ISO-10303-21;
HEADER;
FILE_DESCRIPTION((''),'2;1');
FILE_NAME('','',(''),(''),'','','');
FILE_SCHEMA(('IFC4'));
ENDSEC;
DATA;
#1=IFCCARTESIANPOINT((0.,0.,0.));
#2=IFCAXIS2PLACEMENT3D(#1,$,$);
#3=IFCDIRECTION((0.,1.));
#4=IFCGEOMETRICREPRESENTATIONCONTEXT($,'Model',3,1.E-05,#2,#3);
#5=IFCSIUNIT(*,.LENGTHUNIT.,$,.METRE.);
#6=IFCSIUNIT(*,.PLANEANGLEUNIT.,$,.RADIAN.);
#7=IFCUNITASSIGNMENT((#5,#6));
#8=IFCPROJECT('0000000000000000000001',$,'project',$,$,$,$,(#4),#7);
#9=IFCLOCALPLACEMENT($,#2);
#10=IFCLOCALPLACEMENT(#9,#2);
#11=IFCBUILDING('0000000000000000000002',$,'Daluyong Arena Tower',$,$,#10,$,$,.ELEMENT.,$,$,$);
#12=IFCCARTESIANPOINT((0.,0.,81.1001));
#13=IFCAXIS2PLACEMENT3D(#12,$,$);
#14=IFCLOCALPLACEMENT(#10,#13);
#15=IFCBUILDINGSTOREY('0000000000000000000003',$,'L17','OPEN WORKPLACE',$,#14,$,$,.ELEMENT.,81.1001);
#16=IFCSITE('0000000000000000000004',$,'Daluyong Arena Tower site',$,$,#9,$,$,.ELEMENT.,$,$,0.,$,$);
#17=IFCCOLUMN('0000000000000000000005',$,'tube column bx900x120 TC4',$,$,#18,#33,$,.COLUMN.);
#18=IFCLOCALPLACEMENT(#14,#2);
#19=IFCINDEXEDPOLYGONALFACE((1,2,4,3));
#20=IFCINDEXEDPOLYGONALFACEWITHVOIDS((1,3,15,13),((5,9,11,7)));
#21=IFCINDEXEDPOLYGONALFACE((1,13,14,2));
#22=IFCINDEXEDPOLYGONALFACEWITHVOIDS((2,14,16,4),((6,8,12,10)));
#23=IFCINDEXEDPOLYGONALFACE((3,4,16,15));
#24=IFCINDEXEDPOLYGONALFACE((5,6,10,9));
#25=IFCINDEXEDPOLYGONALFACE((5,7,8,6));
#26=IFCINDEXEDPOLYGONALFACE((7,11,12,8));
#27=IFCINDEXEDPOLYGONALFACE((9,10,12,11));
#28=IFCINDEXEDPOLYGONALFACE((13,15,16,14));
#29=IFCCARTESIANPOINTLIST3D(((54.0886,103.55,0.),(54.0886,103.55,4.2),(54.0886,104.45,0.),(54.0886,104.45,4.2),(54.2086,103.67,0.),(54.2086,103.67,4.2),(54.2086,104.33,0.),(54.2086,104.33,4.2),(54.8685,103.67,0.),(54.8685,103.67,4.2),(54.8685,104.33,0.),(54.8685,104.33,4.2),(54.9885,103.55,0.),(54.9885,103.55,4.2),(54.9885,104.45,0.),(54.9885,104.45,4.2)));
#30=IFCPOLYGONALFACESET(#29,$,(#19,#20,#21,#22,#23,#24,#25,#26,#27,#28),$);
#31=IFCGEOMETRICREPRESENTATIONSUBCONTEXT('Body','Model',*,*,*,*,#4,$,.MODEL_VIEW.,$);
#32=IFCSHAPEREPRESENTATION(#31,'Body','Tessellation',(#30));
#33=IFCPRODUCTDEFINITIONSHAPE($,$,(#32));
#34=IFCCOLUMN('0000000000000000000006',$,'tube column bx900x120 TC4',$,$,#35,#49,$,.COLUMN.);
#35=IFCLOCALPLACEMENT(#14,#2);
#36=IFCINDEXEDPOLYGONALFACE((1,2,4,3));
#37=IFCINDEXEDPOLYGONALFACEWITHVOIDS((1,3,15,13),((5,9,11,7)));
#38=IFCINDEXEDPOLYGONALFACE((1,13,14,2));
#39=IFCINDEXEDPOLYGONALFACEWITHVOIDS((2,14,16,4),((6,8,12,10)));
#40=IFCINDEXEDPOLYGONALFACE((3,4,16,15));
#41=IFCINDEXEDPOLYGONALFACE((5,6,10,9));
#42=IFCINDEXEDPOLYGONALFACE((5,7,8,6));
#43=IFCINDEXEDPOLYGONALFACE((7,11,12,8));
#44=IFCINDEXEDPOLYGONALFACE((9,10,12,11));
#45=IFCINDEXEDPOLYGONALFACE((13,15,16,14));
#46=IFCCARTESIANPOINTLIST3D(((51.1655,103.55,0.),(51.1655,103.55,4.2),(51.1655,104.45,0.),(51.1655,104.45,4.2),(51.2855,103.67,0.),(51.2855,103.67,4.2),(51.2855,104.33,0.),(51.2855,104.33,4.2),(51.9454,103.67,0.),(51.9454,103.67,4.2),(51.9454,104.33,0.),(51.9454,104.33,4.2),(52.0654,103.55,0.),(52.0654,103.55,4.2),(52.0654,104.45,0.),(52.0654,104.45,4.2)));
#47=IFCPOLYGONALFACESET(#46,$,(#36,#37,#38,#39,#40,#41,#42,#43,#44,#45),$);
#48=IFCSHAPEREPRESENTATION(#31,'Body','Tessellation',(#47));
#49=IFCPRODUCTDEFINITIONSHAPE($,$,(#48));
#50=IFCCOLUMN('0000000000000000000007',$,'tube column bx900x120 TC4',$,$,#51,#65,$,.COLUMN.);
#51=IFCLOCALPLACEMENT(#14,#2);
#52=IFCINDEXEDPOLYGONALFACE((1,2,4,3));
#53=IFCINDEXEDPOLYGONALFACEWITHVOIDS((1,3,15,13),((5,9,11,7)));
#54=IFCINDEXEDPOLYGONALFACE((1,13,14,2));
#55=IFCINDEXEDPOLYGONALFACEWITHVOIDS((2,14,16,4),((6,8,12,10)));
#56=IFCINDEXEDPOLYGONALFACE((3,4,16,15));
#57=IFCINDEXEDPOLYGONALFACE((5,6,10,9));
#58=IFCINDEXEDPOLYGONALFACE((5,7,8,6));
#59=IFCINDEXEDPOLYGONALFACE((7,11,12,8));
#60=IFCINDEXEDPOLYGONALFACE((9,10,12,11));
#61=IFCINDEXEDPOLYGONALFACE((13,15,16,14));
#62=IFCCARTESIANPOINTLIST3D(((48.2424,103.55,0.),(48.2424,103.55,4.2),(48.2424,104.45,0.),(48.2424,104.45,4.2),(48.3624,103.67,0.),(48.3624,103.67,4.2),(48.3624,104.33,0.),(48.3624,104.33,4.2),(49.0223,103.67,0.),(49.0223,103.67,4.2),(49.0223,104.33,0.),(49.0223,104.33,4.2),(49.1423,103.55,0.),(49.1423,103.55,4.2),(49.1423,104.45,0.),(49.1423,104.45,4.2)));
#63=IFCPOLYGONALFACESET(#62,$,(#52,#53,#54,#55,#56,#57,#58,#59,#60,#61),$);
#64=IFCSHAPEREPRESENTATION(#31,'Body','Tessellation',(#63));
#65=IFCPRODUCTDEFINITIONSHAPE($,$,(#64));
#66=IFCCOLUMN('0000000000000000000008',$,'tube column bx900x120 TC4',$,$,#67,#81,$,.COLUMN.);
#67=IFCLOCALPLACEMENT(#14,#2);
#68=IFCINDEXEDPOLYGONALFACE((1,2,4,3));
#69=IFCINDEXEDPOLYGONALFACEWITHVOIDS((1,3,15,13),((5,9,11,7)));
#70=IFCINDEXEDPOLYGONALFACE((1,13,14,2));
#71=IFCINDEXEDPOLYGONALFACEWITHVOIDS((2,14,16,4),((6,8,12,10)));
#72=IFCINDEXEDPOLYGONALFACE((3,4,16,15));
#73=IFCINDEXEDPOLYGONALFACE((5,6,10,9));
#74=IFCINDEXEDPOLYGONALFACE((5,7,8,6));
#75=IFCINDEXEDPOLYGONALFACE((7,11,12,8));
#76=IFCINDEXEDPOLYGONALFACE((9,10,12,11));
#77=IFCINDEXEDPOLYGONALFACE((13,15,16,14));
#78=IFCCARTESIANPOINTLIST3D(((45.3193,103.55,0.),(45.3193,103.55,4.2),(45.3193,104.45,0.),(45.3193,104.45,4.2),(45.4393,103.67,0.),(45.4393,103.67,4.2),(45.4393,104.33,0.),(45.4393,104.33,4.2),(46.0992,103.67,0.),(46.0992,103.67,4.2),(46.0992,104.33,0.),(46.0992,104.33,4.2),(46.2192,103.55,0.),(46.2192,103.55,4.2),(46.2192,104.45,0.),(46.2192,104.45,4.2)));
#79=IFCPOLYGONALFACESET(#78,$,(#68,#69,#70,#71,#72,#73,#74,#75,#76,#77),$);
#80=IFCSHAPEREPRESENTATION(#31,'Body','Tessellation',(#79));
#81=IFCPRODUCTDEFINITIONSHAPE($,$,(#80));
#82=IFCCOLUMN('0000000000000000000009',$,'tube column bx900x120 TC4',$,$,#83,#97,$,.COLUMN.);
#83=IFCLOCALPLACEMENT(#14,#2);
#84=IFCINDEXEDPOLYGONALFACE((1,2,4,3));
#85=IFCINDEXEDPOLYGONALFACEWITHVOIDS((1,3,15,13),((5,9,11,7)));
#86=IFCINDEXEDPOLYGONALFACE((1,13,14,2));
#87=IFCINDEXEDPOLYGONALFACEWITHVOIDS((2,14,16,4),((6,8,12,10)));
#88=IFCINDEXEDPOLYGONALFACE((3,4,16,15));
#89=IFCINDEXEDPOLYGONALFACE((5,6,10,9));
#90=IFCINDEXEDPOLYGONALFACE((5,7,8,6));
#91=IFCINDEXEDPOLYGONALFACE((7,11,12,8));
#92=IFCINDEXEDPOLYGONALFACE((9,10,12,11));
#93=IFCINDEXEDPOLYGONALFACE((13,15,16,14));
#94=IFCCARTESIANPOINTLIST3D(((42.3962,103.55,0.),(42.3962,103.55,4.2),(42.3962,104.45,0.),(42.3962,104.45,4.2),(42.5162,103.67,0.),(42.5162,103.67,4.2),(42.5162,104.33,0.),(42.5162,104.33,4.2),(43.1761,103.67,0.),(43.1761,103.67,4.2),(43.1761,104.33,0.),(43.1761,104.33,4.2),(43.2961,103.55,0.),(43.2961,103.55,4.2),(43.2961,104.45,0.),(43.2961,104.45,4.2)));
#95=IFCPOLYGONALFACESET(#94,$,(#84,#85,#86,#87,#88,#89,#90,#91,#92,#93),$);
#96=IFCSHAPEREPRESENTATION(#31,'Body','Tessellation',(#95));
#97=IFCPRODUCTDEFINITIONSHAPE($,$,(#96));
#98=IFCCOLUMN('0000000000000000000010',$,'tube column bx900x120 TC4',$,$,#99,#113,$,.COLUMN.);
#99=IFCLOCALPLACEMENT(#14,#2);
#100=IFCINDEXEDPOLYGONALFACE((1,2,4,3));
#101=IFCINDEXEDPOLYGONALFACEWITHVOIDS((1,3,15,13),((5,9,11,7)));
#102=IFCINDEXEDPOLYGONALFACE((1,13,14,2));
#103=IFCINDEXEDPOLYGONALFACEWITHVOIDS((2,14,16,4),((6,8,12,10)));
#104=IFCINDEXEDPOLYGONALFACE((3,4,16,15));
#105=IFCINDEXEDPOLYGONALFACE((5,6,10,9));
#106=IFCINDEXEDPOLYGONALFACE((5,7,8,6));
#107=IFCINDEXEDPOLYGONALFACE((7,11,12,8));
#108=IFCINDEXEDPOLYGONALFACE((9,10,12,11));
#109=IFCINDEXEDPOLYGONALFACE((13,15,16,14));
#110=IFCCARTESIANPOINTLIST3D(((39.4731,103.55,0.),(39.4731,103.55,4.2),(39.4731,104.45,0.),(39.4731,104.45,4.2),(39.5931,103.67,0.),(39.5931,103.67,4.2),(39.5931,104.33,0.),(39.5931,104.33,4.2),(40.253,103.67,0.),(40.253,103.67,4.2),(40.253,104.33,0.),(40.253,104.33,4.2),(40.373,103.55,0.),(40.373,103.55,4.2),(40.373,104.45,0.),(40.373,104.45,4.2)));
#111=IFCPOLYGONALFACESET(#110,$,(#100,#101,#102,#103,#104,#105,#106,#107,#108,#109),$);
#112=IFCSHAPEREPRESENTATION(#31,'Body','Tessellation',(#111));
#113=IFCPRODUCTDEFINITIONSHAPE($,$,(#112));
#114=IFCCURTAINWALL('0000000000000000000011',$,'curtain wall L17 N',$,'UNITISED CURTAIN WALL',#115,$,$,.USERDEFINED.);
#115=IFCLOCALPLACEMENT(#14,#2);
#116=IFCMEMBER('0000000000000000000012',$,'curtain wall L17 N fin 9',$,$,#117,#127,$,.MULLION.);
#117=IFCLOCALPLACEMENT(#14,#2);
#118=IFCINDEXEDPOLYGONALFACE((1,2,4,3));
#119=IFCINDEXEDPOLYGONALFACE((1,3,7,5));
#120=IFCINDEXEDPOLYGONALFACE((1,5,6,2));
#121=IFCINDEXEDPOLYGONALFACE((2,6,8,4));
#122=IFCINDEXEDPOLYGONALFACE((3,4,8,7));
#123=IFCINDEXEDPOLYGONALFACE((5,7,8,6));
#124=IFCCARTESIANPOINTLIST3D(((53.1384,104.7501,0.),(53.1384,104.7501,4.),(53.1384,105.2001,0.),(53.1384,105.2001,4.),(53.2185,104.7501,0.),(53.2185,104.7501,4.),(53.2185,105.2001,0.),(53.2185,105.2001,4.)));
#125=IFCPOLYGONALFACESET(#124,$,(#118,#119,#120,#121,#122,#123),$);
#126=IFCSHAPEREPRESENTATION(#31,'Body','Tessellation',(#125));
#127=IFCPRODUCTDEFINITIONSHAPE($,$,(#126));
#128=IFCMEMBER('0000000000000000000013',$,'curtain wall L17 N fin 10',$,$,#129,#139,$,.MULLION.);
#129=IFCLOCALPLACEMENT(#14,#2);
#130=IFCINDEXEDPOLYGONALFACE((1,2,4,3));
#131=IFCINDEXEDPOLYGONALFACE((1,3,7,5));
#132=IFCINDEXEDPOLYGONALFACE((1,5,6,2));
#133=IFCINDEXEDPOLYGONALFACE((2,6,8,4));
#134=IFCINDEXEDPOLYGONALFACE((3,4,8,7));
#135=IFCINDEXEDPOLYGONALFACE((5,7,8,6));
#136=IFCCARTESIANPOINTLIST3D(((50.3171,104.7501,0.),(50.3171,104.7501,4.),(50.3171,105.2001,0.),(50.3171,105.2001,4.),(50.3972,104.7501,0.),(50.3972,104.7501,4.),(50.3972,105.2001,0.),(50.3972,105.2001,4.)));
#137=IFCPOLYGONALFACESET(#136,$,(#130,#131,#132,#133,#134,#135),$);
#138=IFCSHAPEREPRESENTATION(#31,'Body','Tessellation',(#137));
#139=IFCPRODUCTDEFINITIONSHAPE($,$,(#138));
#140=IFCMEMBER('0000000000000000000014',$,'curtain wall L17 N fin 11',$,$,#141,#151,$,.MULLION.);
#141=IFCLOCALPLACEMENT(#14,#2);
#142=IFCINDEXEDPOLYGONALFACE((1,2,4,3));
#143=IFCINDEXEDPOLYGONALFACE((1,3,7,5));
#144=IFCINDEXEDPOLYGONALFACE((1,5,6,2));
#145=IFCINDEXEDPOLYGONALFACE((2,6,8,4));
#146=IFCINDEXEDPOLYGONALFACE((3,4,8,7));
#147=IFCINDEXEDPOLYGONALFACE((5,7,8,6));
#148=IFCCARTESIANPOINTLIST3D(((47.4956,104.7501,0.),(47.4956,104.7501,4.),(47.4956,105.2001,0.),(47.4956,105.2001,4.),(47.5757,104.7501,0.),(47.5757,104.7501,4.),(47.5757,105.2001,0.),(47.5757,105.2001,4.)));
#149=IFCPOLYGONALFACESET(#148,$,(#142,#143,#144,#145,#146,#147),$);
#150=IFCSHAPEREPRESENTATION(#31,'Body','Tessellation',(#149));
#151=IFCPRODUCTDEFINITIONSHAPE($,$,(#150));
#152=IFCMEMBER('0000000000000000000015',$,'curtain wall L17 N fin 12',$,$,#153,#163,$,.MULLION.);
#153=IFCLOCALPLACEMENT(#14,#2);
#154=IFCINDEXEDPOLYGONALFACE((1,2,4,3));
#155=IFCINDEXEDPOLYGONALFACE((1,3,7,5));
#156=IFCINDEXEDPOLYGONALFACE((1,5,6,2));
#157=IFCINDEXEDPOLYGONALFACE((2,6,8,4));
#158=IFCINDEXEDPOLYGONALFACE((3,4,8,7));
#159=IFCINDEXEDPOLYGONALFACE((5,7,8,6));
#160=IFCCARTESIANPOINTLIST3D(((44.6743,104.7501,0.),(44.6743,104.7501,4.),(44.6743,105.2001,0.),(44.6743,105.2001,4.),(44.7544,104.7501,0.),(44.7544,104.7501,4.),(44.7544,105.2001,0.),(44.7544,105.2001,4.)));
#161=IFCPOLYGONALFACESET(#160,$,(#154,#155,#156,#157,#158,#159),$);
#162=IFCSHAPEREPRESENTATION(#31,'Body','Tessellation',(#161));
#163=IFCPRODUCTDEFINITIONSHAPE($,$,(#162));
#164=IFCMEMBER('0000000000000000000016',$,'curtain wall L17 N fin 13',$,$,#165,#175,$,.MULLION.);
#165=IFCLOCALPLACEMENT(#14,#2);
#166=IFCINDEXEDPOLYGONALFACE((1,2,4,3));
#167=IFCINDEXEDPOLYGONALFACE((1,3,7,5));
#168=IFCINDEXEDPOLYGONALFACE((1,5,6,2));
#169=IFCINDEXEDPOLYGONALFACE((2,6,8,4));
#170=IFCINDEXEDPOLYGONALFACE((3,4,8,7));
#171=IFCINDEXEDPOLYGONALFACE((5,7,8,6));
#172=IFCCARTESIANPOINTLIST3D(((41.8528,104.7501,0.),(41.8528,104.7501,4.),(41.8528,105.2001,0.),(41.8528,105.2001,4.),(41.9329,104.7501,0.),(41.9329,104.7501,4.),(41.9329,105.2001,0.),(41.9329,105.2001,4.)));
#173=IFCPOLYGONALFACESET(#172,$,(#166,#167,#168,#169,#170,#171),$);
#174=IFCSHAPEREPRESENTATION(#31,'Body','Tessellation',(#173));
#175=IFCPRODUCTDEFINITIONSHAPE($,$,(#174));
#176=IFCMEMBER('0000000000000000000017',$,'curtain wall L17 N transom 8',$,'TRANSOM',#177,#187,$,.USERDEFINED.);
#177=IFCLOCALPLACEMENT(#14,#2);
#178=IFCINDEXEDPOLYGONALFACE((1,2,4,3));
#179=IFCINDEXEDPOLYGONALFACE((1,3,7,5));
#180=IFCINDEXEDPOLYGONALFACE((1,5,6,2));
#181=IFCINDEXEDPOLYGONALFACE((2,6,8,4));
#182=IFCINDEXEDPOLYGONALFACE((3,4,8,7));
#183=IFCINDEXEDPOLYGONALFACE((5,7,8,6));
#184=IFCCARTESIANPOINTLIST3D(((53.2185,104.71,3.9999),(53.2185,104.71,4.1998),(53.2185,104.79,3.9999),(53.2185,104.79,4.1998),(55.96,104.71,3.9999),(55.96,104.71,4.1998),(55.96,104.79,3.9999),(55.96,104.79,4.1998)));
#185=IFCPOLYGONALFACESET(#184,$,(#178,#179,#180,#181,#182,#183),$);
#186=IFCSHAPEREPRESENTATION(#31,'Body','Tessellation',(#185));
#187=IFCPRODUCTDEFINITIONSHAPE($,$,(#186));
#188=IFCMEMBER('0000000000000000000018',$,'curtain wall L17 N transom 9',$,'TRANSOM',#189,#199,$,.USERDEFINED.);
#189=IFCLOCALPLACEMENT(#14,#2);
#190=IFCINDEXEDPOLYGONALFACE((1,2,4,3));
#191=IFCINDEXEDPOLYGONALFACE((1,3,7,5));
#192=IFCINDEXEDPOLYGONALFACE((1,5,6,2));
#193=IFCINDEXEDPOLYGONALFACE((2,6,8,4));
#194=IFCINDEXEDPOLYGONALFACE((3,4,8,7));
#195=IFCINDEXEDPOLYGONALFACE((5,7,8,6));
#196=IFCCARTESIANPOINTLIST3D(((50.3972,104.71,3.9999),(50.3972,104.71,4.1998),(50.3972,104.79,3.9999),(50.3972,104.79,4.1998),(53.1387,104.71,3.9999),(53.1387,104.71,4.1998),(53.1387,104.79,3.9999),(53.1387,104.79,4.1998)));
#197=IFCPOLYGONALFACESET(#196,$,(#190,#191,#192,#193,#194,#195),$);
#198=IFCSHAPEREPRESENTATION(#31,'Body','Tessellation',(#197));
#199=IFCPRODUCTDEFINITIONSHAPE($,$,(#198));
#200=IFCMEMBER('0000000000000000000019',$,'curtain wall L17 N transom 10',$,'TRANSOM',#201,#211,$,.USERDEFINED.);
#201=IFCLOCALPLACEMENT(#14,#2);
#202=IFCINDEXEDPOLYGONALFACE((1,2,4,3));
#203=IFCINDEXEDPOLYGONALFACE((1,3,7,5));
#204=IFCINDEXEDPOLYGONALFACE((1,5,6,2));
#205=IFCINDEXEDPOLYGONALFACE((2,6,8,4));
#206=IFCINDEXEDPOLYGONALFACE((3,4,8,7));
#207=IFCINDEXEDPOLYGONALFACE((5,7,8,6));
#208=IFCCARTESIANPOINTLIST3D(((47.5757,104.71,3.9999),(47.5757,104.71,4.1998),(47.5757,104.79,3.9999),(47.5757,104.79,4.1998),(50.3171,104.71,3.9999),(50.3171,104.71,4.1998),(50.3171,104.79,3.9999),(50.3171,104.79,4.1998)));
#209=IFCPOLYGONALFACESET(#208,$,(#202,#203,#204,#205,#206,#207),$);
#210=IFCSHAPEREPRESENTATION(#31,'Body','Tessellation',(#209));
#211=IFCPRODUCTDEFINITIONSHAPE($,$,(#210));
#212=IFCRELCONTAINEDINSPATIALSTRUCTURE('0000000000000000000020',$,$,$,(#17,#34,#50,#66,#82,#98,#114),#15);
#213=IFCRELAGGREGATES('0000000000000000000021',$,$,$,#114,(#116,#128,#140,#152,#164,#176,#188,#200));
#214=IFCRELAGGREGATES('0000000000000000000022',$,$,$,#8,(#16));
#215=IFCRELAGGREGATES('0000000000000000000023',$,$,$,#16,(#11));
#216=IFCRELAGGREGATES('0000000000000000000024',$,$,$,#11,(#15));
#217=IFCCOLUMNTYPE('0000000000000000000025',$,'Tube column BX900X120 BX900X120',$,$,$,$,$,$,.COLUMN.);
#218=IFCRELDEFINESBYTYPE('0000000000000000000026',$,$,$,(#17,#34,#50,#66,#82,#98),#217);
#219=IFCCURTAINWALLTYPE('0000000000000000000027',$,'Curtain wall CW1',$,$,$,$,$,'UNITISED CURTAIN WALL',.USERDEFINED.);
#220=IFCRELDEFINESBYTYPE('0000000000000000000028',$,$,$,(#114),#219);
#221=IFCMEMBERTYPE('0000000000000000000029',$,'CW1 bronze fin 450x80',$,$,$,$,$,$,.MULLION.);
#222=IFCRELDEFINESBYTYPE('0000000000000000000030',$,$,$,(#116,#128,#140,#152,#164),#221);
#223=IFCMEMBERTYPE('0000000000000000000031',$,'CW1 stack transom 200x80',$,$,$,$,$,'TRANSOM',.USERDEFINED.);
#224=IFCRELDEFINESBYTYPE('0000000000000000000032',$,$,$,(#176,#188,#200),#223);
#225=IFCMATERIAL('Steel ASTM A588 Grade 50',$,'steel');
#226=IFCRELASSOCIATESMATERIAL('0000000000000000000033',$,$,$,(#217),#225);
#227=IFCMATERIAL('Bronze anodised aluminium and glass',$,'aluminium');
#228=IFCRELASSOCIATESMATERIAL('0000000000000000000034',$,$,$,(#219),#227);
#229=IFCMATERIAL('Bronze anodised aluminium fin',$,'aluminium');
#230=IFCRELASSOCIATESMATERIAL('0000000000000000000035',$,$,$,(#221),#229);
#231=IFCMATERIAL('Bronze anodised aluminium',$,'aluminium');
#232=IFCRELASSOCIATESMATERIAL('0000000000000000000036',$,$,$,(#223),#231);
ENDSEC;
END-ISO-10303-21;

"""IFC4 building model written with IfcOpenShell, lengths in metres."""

from ifc_helpers import new_model, si_unit, direction, frame, origin, origin_2d, place, context, subcontext, project, spatial, rectangle, hollow_rectangle, extrude, material, material_profile, profile_set, type_object, element, aggregate, save


model = new_model("IFC4")

# Units and contexts
model_context = context("Model", 3, precision=1e-05, world=origin(), true_north=direction((0.0, 1.0)))
body_context = subcontext(model_context, "Body", "Model", "MODEL_VIEW")
ifc_project = project(units=[si_unit("LENGTHUNIT", "METRE"), si_unit("PLANEANGLEUNIT", "RADIAN")], contexts=[model_context])

# Site, building, storey
site_placement = place(None, origin())
site = spatial("IfcSite", under=ifc_project, at=site_placement, Name="Daluyong Arena Tower site", CompositionType="ELEMENT", RefElevation=0.0)
building_placement = place(site_placement, origin())
building = spatial("IfcBuilding", under=site, at=building_placement, Name="Daluyong Arena Tower", CompositionType="ELEMENT")
storey_placement = place(building_placement, frame((0.0, 0.0, 81.1001)))
storey = spatial("IfcBuildingStorey", under=building, at=storey_placement, Name="L17", Description="OPEN WORKPLACE", CompositionType="ELEMENT", Elevation=81.1001)

# Columns
ifc_material_1 = material(Name="Steel ASTM A588 Grade 50", Category="steel")
ifc_material_profile_1 = material_profile(ifc_material_1, hollow_rectangle(XDim=0.8999, YDim=0.8999, WallThickness=0.12, at=origin_2d()))
ifc_profile_set_1 = profile_set([ifc_material_profile_1], Name="Steel ASTM A588 Grade 50")
column_type = type_object("IfcColumnType", Name="Tube column BX900X120 BX900X120", PredefinedType="COLUMN", material=ifc_profile_set_1)
for number, where, z_axis, x_axis, name in (
    (1, (54.5386, 104.0, 0.0), (0.0, 0.0, 1.0), (1.0, 0.0, 0.0), "tube column bx900x120 TC4"),
    (2, (51.6155, 104.0, 0.0), (0.0, 0.0, 1.0), (1.0, 0.0, 0.0), "tube column bx900x120 TC4"),
    (3, (48.6924, 104.0, 0.0), (0.0, 0.0, 1.0), (1.0, 0.0, 0.0), "tube column bx900x120 TC4"),
    (4, (45.7693, 104.0, 0.0), (0.0, 0.0, 1.0), (1.0, 0.0, 0.0), "tube column bx900x120 TC4"),
    (5, (42.8462, 104.0, 0.0), (0.0, 0.0, 1.0), (1.0, 0.0, 0.0), "tube column bx900x120 TC4"),
    (6, (39.9231, 104.0, 0.0), (0.0, 0.0, 1.0), (1.0, 0.0, 0.0), "tube column bx900x120 TC4"),
):
    element("IfcColumn", number, at=place(storey_placement, frame(where, z_axis=z_axis, x_axis=x_axis)), inside=storey, type_object=column_type, Name=name, PredefinedType="COLUMN", context=body_context, shape_type="SweptSolid", body=[
        extrude(hollow_rectangle(XDim=0.8999, YDim=0.8999, WallThickness=0.12, at=origin_2d()), origin(), (0.0, 0.0, 1.0), 4.2),
    ])

# Curtain wall, members
ifc_material_2 = material(Name="Bronze anodised aluminium and glass", Category="aluminium")
curtain_wall_type = type_object("IfcCurtainWallType", Name="Curtain wall CW1", ElementType="UNITISED CURTAIN WALL", PredefinedType="USERDEFINED", material=ifc_material_2)
curtain_wall_placement = place(storey_placement, origin())
curtain_wall = element("IfcCurtainWall", 7, at=curtain_wall_placement, inside=storey, type_object=curtain_wall_type, Name="curtain wall L17 N", ObjectType="UNITISED CURTAIN WALL", PredefinedType="USERDEFINED")
ifc_material_3 = material(Name="Bronze anodised aluminium fin", Category="aluminium")
ifc_material_profile_2 = material_profile(ifc_material_3, rectangle(XDim=0.45, YDim=0.0801, at=origin_2d()))
ifc_profile_set_2 = profile_set([ifc_material_profile_2], Name="Bronze anodised aluminium fin")
member_type_1 = type_object("IfcMemberType", Name="CW1 bronze fin 450x80", PredefinedType="MULLION", material=ifc_profile_set_2)
member_1_placement = place(storey_placement, frame((53.1785, 104.9751, 0.0), z_axis=(0.0, 0.0, 1.0), x_axis=(0.0, -1.0, 0.0)))
member_1 = element("IfcMember", 8, at=member_1_placement, type_object=member_type_1, Name="curtain wall L17 N fin 9", PredefinedType="MULLION", context=body_context, shape_type="SweptSolid", body=[
    extrude(rectangle(XDim=0.45, YDim=0.0801, at=origin_2d()), origin(), (0.0, 0.0, 1.0), 4.0),
])
member_2_placement = place(storey_placement, frame((50.3572, 104.9751, 0.0), z_axis=(0.0, 0.0, 1.0), x_axis=(0.0, -1.0, 0.0)))
member_2 = element("IfcMember", 9, at=member_2_placement, type_object=member_type_1, Name="curtain wall L17 N fin 10", PredefinedType="MULLION", context=body_context, shape_type="SweptSolid", body=[
    extrude(rectangle(XDim=0.45, YDim=0.0801, at=origin_2d()), origin(), (0.0, 0.0, 1.0), 4.0),
])
member_3_placement = place(storey_placement, frame((47.5356, 104.9751, 0.0), z_axis=(0.0, 0.0, 1.0), x_axis=(0.0, -1.0, 0.0)))
member_3 = element("IfcMember", 10, at=member_3_placement, type_object=member_type_1, Name="curtain wall L17 N fin 11", PredefinedType="MULLION", context=body_context, shape_type="SweptSolid", body=[
    extrude(rectangle(XDim=0.45, YDim=0.0801, at=origin_2d()), origin(), (0.0, 0.0, 1.0), 4.0),
])
member_4_placement = place(storey_placement, frame((44.7144, 104.9751, 0.0), z_axis=(0.0, 0.0, 1.0), x_axis=(0.0, -1.0, 0.0)))
member_4 = element("IfcMember", 11, at=member_4_placement, type_object=member_type_1, Name="curtain wall L17 N fin 12", PredefinedType="MULLION", context=body_context, shape_type="SweptSolid", body=[
    extrude(rectangle(XDim=0.45, YDim=0.0801, at=origin_2d()), origin(), (0.0, 0.0, 1.0), 4.0),
])
member_5_placement = place(storey_placement, frame((41.8928, 104.9751, 0.0), z_axis=(0.0, 0.0, 1.0), x_axis=(0.0, -1.0, 0.0)))
member_5 = element("IfcMember", 12, at=member_5_placement, type_object=member_type_1, Name="curtain wall L17 N fin 13", PredefinedType="MULLION", context=body_context, shape_type="SweptSolid", body=[
    extrude(rectangle(XDim=0.45, YDim=0.0801, at=origin_2d()), origin(), (0.0, 0.0, 1.0), 4.0),
])
ifc_material_4 = material(Name="Bronze anodised aluminium", Category="aluminium")
ifc_material_profile_3 = material_profile(ifc_material_4, rectangle(XDim=0.0801, YDim=0.2, at=origin_2d()))
ifc_profile_set_3 = profile_set([ifc_material_profile_3], Name="Bronze anodised aluminium")
member_type_2 = type_object("IfcMemberType", Name="CW1 stack transom 200x80", ElementType="TRANSOM", PredefinedType="USERDEFINED", material=ifc_profile_set_3)
member_6_placement = place(storey_placement, frame((55.96, 104.75, 4.0999), z_axis=(-1.0, 0.0, 0.0), x_axis=(0.0, -1.0, 0.0)))
member_6 = element("IfcMember", 13, at=member_6_placement, type_object=member_type_2, Name="curtain wall L17 N transom 8", ObjectType="TRANSOM", PredefinedType="USERDEFINED", context=body_context, shape_type="SweptSolid", body=[
    extrude(rectangle(XDim=0.0801, YDim=0.2, at=origin_2d()), origin(), (0.0, 0.0, 1.0), 2.7415),
])
member_7_placement = place(storey_placement, frame((53.1387, 104.75, 4.0999), z_axis=(-1.0, 0.0, 0.0), x_axis=(0.0, -1.0, 0.0)))
member_7 = element("IfcMember", 14, at=member_7_placement, type_object=member_type_2, Name="curtain wall L17 N transom 9", ObjectType="TRANSOM", PredefinedType="USERDEFINED", context=body_context, shape_type="SweptSolid", body=[
    extrude(rectangle(XDim=0.0801, YDim=0.2, at=origin_2d()), origin(), (0.0, 0.0, 1.0), 2.7415),
])
member_8_placement = place(storey_placement, frame((50.3171, 104.75, 4.0999), z_axis=(-1.0, 0.0, 0.0), x_axis=(0.0, -1.0, 0.0)))
member_8 = element("IfcMember", 15, at=member_8_placement, type_object=member_type_2, Name="curtain wall L17 N transom 10", ObjectType="TRANSOM", PredefinedType="USERDEFINED", context=body_context, shape_type="SweptSolid", body=[
    extrude(rectangle(XDim=0.0801, YDim=0.2, at=origin_2d()), origin(), (0.0, 0.0, 1.0), 2.7415),
])

aggregate(curtain_wall, [member_1, member_2, member_3, member_4, member_5, member_6, member_7, member_8])

save(model, "model.ifc")
